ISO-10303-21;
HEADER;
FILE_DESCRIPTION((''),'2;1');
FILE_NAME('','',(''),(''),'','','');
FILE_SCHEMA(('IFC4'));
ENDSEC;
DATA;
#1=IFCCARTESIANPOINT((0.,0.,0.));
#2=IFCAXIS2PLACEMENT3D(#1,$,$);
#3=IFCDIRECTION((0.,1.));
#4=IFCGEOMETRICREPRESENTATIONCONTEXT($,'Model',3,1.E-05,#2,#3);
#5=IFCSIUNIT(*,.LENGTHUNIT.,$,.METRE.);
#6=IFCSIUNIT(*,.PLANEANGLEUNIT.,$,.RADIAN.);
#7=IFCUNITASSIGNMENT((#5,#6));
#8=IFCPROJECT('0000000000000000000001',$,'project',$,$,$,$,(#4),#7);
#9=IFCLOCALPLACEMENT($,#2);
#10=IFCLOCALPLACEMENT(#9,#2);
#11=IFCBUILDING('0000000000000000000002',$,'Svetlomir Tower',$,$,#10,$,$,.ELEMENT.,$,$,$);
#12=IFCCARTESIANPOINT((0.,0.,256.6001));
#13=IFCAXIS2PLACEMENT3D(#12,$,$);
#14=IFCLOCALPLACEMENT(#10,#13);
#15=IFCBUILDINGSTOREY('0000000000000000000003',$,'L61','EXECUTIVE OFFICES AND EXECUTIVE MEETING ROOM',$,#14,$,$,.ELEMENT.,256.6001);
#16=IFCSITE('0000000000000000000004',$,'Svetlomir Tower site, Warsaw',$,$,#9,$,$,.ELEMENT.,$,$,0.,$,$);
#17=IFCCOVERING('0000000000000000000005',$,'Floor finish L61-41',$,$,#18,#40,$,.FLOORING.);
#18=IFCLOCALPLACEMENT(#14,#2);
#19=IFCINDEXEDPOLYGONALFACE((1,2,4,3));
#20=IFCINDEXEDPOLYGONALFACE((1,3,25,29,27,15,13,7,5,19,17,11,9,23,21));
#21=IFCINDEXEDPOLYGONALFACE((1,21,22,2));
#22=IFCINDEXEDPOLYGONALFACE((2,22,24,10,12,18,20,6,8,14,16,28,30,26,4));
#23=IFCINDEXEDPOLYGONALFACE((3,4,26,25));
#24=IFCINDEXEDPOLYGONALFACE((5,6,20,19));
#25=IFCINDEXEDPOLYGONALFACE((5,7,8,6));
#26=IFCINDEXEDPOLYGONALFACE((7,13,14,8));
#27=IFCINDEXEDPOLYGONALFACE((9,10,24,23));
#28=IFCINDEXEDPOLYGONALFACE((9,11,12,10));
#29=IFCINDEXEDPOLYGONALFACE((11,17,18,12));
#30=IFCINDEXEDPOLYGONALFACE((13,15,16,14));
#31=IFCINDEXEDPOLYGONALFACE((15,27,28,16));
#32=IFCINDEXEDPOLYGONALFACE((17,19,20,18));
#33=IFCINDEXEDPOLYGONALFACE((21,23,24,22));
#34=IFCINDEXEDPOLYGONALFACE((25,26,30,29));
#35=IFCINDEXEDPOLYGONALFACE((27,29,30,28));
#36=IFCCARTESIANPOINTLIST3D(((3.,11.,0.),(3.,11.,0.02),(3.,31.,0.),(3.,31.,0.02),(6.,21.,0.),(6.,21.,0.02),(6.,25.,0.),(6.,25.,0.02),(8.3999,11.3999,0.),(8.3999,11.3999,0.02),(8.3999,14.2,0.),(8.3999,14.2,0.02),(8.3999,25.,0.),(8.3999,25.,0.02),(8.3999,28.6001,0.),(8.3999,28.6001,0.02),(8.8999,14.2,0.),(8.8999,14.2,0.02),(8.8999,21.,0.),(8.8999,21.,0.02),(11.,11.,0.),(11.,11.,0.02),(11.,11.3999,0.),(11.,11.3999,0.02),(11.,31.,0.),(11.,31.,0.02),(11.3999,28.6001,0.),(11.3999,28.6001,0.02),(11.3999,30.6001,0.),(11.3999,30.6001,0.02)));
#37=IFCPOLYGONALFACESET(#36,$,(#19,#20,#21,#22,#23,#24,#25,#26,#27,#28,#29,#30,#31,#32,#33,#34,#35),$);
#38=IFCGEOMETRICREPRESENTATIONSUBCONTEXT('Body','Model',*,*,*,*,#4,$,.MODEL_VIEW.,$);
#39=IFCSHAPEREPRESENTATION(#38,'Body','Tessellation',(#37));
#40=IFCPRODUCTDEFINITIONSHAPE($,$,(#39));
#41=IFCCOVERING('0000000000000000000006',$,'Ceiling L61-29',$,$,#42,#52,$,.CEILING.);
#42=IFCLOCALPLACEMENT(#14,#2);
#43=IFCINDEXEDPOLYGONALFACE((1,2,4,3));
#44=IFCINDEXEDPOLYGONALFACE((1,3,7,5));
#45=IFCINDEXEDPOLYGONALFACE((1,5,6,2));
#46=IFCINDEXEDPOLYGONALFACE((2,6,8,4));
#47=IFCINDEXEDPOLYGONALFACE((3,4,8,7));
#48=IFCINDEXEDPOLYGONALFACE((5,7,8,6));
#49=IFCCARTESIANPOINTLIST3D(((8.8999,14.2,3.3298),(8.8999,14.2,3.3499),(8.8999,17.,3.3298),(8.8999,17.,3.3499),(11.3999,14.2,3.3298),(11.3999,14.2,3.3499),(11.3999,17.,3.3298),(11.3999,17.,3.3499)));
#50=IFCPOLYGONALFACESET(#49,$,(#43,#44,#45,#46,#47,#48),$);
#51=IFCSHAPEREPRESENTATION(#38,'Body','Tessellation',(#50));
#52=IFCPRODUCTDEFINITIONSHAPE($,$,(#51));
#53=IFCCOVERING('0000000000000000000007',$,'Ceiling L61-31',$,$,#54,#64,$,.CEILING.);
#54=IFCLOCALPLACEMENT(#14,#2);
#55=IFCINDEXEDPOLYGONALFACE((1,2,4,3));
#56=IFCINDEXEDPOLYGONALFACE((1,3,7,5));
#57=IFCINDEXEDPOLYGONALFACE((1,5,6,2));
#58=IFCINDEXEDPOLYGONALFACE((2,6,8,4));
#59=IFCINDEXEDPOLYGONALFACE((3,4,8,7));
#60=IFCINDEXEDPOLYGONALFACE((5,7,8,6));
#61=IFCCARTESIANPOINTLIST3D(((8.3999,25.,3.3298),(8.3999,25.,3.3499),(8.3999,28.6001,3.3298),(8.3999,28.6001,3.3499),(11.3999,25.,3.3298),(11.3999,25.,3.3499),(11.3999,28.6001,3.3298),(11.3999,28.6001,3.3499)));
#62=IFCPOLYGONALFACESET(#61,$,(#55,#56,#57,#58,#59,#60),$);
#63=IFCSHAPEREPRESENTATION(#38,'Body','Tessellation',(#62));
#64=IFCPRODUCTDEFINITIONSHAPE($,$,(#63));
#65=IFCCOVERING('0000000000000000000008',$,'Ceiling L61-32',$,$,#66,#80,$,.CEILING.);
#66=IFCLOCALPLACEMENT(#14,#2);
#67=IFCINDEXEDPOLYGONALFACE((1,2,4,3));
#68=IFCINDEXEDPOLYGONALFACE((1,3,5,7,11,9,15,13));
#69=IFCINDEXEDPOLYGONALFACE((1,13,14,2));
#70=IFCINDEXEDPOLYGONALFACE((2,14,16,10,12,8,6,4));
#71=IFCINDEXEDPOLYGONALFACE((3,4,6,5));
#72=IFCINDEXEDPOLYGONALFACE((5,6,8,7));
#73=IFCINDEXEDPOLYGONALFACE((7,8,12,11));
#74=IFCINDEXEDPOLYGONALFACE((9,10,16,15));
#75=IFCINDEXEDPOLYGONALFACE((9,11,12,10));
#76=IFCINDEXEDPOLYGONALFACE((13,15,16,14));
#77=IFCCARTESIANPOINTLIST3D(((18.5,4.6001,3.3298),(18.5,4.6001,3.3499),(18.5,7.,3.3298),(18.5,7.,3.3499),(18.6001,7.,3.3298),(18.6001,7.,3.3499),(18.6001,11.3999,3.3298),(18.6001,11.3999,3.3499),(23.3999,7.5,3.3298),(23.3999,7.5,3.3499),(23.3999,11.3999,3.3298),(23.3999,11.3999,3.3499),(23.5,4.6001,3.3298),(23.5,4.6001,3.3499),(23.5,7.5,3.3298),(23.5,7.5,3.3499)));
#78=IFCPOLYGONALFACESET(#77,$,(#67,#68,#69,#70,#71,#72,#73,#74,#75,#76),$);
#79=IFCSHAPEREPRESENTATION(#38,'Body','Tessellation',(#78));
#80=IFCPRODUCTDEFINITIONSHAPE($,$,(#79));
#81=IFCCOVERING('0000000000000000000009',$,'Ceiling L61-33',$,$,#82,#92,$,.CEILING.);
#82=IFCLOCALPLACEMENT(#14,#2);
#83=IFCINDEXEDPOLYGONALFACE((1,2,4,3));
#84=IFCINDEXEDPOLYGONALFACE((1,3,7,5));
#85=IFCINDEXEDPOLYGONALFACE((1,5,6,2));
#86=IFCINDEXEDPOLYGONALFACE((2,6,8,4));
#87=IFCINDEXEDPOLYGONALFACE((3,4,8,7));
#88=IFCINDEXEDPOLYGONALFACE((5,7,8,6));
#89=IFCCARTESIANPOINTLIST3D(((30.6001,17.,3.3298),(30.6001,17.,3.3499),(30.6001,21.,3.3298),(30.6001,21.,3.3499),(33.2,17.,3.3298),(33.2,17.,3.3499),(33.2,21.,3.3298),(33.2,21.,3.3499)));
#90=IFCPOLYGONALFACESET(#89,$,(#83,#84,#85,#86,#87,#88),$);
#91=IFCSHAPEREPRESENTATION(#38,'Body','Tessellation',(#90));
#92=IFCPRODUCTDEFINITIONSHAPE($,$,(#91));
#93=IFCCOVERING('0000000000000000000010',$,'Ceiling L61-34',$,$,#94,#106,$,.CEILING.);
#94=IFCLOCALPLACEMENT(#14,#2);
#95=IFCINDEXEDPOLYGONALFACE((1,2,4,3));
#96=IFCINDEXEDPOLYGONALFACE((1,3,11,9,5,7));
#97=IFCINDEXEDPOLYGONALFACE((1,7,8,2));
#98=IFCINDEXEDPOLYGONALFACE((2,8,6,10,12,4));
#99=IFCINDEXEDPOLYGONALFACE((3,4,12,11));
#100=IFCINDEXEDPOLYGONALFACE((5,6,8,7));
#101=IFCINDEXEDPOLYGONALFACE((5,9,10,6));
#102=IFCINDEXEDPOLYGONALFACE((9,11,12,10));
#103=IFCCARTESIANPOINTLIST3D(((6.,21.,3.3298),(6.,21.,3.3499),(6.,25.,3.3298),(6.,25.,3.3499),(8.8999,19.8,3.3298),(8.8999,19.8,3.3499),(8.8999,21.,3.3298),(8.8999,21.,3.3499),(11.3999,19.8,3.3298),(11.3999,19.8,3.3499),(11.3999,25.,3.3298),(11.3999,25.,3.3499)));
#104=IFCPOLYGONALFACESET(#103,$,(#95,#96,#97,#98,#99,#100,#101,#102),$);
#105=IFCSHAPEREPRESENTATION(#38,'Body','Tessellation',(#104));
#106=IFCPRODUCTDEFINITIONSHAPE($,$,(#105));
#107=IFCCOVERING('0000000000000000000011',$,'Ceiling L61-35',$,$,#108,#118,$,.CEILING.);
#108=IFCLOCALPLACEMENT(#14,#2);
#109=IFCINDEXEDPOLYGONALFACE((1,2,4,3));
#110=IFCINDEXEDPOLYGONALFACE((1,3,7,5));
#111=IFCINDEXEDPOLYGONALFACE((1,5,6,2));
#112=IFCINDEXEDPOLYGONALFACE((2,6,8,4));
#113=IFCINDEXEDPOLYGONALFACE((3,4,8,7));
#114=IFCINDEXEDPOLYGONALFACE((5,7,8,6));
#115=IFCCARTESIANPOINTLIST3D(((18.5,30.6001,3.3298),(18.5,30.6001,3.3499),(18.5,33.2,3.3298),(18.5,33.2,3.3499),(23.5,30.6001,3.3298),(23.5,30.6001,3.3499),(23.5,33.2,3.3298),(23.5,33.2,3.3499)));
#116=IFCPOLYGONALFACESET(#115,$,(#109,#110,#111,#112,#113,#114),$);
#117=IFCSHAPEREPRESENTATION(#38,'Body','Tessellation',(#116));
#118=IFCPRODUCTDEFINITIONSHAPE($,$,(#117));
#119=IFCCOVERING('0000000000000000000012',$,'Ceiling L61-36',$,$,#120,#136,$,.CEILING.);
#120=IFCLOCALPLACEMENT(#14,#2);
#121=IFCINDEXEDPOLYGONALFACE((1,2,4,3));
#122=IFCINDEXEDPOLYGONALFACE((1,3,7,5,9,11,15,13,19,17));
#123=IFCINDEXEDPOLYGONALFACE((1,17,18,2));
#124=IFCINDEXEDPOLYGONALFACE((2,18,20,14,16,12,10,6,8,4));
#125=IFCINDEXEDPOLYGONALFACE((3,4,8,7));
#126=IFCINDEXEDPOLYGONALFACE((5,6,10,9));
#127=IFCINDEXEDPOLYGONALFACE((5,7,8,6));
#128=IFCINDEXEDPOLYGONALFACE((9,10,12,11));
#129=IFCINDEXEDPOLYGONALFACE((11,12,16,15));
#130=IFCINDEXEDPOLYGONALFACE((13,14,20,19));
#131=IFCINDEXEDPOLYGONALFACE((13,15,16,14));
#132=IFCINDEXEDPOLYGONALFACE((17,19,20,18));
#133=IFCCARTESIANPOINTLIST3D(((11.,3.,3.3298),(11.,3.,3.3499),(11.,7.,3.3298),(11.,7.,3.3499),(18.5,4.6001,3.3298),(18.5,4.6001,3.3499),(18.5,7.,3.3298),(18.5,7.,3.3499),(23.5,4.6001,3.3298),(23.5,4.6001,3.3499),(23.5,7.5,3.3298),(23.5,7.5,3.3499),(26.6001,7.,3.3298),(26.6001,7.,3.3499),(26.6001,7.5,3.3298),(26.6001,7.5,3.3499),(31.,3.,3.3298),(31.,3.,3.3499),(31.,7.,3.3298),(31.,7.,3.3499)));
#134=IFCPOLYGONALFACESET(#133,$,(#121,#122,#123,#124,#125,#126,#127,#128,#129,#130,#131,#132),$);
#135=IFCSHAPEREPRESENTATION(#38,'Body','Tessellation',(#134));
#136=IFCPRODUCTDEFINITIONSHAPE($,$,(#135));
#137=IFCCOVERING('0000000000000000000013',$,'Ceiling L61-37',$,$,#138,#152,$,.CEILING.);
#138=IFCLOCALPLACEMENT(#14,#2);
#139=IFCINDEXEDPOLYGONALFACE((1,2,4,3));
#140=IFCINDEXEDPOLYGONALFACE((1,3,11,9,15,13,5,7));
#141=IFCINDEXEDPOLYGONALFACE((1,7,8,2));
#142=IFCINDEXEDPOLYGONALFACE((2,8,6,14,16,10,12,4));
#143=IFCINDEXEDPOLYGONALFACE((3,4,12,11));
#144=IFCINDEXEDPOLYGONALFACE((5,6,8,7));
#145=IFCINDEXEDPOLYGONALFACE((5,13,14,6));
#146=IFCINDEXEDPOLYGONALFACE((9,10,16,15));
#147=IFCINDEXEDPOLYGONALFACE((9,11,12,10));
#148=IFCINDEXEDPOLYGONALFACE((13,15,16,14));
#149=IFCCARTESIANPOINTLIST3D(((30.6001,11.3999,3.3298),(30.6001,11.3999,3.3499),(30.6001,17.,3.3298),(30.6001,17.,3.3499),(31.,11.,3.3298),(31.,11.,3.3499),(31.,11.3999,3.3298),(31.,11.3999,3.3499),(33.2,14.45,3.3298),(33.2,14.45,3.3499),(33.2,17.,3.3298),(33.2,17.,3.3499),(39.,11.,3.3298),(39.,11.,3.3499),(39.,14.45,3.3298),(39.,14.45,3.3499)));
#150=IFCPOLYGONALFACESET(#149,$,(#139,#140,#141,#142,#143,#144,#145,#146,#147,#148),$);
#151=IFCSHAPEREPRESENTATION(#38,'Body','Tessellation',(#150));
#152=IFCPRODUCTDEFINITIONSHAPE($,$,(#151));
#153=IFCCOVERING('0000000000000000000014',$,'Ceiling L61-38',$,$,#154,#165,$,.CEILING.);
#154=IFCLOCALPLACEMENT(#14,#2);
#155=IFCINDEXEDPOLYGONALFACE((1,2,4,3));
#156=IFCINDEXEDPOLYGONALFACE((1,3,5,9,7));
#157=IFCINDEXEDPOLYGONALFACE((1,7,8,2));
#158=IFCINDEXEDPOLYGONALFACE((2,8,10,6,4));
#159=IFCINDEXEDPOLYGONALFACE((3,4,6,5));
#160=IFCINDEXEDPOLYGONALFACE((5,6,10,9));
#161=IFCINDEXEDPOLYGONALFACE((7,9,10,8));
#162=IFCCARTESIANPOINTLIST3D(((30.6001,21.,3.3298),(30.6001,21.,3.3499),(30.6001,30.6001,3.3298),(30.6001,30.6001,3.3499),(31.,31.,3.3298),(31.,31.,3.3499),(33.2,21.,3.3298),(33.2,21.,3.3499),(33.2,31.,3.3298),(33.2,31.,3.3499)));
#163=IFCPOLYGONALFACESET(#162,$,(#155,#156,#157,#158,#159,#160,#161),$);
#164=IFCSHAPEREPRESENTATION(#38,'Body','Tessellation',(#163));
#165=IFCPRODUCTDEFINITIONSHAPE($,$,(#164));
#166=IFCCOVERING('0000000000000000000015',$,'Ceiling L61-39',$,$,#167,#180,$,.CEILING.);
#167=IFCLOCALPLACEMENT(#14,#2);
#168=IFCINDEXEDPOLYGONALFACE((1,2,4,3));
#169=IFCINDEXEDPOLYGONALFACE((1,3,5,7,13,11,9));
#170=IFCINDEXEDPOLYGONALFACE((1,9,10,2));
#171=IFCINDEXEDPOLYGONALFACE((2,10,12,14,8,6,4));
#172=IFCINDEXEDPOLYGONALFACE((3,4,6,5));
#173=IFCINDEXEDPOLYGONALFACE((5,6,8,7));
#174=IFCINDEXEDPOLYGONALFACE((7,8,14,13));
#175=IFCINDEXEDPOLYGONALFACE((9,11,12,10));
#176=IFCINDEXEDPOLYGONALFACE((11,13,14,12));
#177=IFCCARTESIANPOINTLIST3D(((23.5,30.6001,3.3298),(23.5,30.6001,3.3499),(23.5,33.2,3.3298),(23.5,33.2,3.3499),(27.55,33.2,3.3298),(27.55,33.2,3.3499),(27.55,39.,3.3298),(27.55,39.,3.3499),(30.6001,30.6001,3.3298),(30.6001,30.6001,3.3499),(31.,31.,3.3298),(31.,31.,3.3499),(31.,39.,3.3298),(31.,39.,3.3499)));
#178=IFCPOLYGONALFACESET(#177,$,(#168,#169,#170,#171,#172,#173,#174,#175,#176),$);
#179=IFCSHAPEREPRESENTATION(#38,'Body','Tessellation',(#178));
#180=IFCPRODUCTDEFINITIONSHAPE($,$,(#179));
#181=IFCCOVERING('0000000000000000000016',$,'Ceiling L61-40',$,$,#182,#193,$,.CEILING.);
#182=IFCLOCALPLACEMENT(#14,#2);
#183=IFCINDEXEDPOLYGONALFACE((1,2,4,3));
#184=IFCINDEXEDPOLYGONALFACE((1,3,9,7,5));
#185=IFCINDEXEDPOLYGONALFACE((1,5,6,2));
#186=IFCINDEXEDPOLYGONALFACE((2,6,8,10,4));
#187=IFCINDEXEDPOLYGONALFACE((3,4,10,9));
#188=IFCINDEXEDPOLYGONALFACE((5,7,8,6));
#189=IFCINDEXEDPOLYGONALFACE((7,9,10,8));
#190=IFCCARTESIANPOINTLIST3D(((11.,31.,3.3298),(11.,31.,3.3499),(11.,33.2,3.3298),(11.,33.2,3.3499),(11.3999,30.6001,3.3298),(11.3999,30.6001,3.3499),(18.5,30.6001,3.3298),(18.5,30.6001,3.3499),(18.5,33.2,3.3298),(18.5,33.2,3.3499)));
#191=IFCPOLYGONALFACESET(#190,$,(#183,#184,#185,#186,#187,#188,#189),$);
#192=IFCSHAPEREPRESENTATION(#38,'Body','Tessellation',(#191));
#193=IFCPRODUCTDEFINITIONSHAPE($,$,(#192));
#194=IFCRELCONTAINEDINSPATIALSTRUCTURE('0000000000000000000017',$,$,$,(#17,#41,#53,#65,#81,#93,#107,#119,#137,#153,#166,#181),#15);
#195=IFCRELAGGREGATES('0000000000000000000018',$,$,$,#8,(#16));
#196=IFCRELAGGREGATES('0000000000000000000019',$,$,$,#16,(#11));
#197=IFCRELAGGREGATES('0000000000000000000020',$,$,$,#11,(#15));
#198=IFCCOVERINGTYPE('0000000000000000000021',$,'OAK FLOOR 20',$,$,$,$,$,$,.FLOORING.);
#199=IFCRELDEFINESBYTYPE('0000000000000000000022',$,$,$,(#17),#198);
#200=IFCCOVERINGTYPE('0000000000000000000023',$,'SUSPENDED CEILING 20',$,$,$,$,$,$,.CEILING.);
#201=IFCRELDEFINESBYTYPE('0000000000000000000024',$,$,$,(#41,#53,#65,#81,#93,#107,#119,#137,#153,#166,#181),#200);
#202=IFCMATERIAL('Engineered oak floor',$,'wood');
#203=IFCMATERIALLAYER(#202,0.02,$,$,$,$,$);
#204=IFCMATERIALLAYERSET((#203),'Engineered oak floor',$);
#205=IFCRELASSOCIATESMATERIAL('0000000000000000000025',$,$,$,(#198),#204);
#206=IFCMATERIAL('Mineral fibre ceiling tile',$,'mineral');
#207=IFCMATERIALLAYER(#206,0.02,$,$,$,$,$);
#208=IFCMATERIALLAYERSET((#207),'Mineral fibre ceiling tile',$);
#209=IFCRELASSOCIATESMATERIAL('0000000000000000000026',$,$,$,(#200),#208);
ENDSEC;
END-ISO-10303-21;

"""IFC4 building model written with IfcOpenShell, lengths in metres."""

from ifc_helpers import new_model, si_unit, direction, frame, origin, place, context, subcontext, project, spatial, polyline, outline, extrude, material, layer, layer_set, type_object, element, save


model = new_model("IFC4")

# Units and contexts
model_context = context("Model", 3, precision=1e-05, world=origin(), true_north=direction((0.0, 1.0)))
body_context = subcontext(model_context, "Body", "Model", "MODEL_VIEW")
ifc_project = project(units=[si_unit("LENGTHUNIT", "METRE"), si_unit("PLANEANGLEUNIT", "RADIAN")], contexts=[model_context])

# Site, building, storey
site_placement = place(None, origin())
site = spatial("IfcSite", under=ifc_project, at=site_placement, Name="Svetlomir Tower site, Warsaw", CompositionType="ELEMENT", RefElevation=0.0)
building_placement = place(site_placement, origin())
building = spatial("IfcBuilding", under=site, at=building_placement, Name="Svetlomir Tower", CompositionType="ELEMENT")
storey_placement = place(building_placement, frame((0.0, 0.0, 256.6001)))
storey = spatial("IfcBuildingStorey", under=building, at=storey_placement, Name="L61", Description="EXECUTIVE OFFICES AND EXECUTIVE MEETING ROOM", CompositionType="ELEMENT", Elevation=256.6001)

# Coverings
ifc_material_1 = material(Name="Engineered oak floor", Category="wood")
ifc_layer_1 = layer(ifc_material_1, 0.02)
ifc_layer_set_1 = layer_set([ifc_layer_1], Name="Engineered oak floor")
covering_type_1 = type_object("IfcCoveringType", Name="OAK FLOOR 20", PredefinedType="FLOORING", material=ifc_layer_set_1)
covering_1_placement = place(storey_placement, origin())
element("IfcCovering", 1, at=covering_1_placement, inside=storey, type_object=covering_type_1, Name="Floor finish L61-41", PredefinedType="FLOORING", context=body_context, shape_type="SweptSolid", body=[
    extrude(outline(polyline([(11.3999, 28.6001), (8.3999, 28.6001), (8.3999, 25.0), (6.0, 25.0), (6.0, 21.0), (8.8999, 21.0), (8.8999, 14.2), (8.3999, 14.2), (8.3999, 11.3999), (11.0, 11.3999), (11.0, 11.0), (3.0, 11.0), (3.0, 31.0), (11.0, 31.0), (11.3999, 30.6001), (11.3999, 28.6001)])), origin(), (0.0, 0.0, 1.0), 0.02),
])
ifc_material_2 = material(Name="Mineral fibre ceiling tile", Category="mineral")
ifc_layer_2 = layer(ifc_material_2, 0.02)
ifc_layer_set_2 = layer_set([ifc_layer_2], Name="Mineral fibre ceiling tile")
covering_type_2 = type_object("IfcCoveringType", Name="SUSPENDED CEILING 20", PredefinedType="CEILING", material=ifc_layer_set_2)
covering_2_placement = place(storey_placement, frame((0.0, 0.0, 3.3298)))
element("IfcCovering", 2, at=covering_2_placement, inside=storey, type_object=covering_type_2, Name="Ceiling L61-29", PredefinedType="CEILING", context=body_context, shape_type="SweptSolid", body=[
    extrude(outline(polyline([(8.8999, 14.2), (11.3999, 14.2), (11.3999, 17.0), (8.8999, 17.0), (8.8999, 14.2)])), origin(), (0.0, 0.0, 1.0), 0.02),
])
covering_3_placement = place(storey_placement, frame((0.0, 0.0, 3.3298)))
element("IfcCovering", 3, at=covering_3_placement, inside=storey, type_object=covering_type_2, Name="Ceiling L61-31", PredefinedType="CEILING", context=body_context, shape_type="SweptSolid", body=[
    extrude(outline(polyline([(8.3999, 25.0), (11.3999, 25.0), (11.3999, 28.6001), (8.3999, 28.6001), (8.3999, 25.0)])), origin(), (0.0, 0.0, 1.0), 0.02),
])
covering_4_placement = place(storey_placement, frame((0.0, 0.0, 3.3298)))
element("IfcCovering", 4, at=covering_4_placement, inside=storey, type_object=covering_type_2, Name="Ceiling L61-32", PredefinedType="CEILING", context=body_context, shape_type="SweptSolid", body=[
    extrude(outline(polyline([(23.3999, 7.5), (23.5, 7.5), (23.5, 4.6001), (18.5, 4.6001), (18.5, 7.0), (18.6001, 7.0), (18.6001, 11.3999), (23.3999, 11.3999), (23.3999, 7.5)])), origin(), (0.0, 0.0, 1.0), 0.02),
])
covering_5_placement = place(storey_placement, frame((0.0, 0.0, 3.3298)))
element("IfcCovering", 5, at=covering_5_placement, inside=storey, type_object=covering_type_2, Name="Ceiling L61-33", PredefinedType="CEILING", context=body_context, shape_type="SweptSolid", body=[
    extrude(outline(polyline([(30.6001, 17.0), (30.6001, 21.0), (33.2, 21.0), (33.2, 17.0), (30.6001, 17.0)])), origin(), (0.0, 0.0, 1.0), 0.02),
])
covering_6_placement = place(storey_placement, frame((0.0, 0.0, 3.3298)))
element("IfcCovering", 6, at=covering_6_placement, inside=storey, type_object=covering_type_2, Name="Ceiling L61-34", PredefinedType="CEILING", context=body_context, shape_type="SweptSolid", body=[
    extrude(outline(polyline([(6.0, 21.0), (6.0, 25.0), (11.3999, 25.0), (11.3999, 19.8), (8.8999, 19.8), (8.8999, 21.0), (6.0, 21.0)])), origin(), (0.0, 0.0, 1.0), 0.02),
])
covering_7_placement = place(storey_placement, frame((0.0, 0.0, 3.3298)))
element("IfcCovering", 7, at=covering_7_placement, inside=storey, type_object=covering_type_2, Name="Ceiling L61-35", PredefinedType="CEILING", context=body_context, shape_type="SweptSolid", body=[
    extrude(outline(polyline([(23.5, 30.6001), (18.5, 30.6001), (18.5, 33.2), (23.5, 33.2), (23.5, 30.6001)])), origin(), (0.0, 0.0, 1.0), 0.02),
])
covering_8_placement = place(storey_placement, frame((0.0, 0.0, 3.3298)))
element("IfcCovering", 8, at=covering_8_placement, inside=storey, type_object=covering_type_2, Name="Ceiling L61-36", PredefinedType="CEILING", context=body_context, shape_type="SweptSolid", body=[
    extrude(outline(polyline([(11.0, 7.0), (18.5, 7.0), (18.5, 4.6001), (23.5, 4.6001), (23.5, 7.5), (26.6001, 7.5), (26.6001, 7.0), (31.0, 7.0), (31.0, 3.0), (11.0, 3.0), (11.0, 7.0)])), origin(), (0.0, 0.0, 1.0), 0.02),
])
covering_9_placement = place(storey_placement, frame((0.0, 0.0, 3.3298)))
element("IfcCovering", 9, at=covering_9_placement, inside=storey, type_object=covering_type_2, Name="Ceiling L61-37", PredefinedType="CEILING", context=body_context, shape_type="SweptSolid", body=[
    extrude(outline(polyline([(31.0, 11.3999), (30.6001, 11.3999), (30.6001, 17.0), (33.2, 17.0), (33.2, 14.45), (39.0, 14.45), (39.0, 11.0), (31.0, 11.0), (31.0, 11.3999)])), origin(), (0.0, 0.0, 1.0), 0.02),
])
covering_10_placement = place(storey_placement, frame((0.0, 0.0, 3.3298)))
element("IfcCovering", 10, at=covering_10_placement, inside=storey, type_object=covering_type_2, Name="Ceiling L61-38", PredefinedType="CEILING", context=body_context, shape_type="SweptSolid", body=[
    extrude(outline(polyline([(33.2, 31.0), (33.2, 21.0), (30.6001, 21.0), (30.6001, 30.6001), (31.0, 31.0), (33.2, 31.0)])), origin(), (0.0, 0.0, 1.0), 0.02),
])
covering_11_placement = place(storey_placement, frame((0.0, 0.0, 3.3298)))
element("IfcCovering", 11, at=covering_11_placement, inside=storey, type_object=covering_type_2, Name="Ceiling L61-39", PredefinedType="CEILING", context=body_context, shape_type="SweptSolid", body=[
    extrude(outline(polyline([(23.5, 30.6001), (23.5, 33.2), (27.55, 33.2), (27.55, 39.0), (31.0, 39.0), (31.0, 31.0), (30.6001, 30.6001), (23.5, 30.6001)])), origin(), (0.0, 0.0, 1.0), 0.02),
])
covering_12_placement = place(storey_placement, frame((0.0, 0.0, 3.3298)))
element("IfcCovering", 12, at=covering_12_placement, inside=storey, type_object=covering_type_2, Name="Ceiling L61-40", PredefinedType="CEILING", context=body_context, shape_type="SweptSolid", body=[
    extrude(outline(polyline([(11.0, 33.2), (18.5, 33.2), (18.5, 30.6001), (11.3999, 30.6001), (11.0, 31.0), (11.0, 33.2)])), origin(), (0.0, 0.0, 1.0), 0.02),
])

save(model, "model.ifc")
